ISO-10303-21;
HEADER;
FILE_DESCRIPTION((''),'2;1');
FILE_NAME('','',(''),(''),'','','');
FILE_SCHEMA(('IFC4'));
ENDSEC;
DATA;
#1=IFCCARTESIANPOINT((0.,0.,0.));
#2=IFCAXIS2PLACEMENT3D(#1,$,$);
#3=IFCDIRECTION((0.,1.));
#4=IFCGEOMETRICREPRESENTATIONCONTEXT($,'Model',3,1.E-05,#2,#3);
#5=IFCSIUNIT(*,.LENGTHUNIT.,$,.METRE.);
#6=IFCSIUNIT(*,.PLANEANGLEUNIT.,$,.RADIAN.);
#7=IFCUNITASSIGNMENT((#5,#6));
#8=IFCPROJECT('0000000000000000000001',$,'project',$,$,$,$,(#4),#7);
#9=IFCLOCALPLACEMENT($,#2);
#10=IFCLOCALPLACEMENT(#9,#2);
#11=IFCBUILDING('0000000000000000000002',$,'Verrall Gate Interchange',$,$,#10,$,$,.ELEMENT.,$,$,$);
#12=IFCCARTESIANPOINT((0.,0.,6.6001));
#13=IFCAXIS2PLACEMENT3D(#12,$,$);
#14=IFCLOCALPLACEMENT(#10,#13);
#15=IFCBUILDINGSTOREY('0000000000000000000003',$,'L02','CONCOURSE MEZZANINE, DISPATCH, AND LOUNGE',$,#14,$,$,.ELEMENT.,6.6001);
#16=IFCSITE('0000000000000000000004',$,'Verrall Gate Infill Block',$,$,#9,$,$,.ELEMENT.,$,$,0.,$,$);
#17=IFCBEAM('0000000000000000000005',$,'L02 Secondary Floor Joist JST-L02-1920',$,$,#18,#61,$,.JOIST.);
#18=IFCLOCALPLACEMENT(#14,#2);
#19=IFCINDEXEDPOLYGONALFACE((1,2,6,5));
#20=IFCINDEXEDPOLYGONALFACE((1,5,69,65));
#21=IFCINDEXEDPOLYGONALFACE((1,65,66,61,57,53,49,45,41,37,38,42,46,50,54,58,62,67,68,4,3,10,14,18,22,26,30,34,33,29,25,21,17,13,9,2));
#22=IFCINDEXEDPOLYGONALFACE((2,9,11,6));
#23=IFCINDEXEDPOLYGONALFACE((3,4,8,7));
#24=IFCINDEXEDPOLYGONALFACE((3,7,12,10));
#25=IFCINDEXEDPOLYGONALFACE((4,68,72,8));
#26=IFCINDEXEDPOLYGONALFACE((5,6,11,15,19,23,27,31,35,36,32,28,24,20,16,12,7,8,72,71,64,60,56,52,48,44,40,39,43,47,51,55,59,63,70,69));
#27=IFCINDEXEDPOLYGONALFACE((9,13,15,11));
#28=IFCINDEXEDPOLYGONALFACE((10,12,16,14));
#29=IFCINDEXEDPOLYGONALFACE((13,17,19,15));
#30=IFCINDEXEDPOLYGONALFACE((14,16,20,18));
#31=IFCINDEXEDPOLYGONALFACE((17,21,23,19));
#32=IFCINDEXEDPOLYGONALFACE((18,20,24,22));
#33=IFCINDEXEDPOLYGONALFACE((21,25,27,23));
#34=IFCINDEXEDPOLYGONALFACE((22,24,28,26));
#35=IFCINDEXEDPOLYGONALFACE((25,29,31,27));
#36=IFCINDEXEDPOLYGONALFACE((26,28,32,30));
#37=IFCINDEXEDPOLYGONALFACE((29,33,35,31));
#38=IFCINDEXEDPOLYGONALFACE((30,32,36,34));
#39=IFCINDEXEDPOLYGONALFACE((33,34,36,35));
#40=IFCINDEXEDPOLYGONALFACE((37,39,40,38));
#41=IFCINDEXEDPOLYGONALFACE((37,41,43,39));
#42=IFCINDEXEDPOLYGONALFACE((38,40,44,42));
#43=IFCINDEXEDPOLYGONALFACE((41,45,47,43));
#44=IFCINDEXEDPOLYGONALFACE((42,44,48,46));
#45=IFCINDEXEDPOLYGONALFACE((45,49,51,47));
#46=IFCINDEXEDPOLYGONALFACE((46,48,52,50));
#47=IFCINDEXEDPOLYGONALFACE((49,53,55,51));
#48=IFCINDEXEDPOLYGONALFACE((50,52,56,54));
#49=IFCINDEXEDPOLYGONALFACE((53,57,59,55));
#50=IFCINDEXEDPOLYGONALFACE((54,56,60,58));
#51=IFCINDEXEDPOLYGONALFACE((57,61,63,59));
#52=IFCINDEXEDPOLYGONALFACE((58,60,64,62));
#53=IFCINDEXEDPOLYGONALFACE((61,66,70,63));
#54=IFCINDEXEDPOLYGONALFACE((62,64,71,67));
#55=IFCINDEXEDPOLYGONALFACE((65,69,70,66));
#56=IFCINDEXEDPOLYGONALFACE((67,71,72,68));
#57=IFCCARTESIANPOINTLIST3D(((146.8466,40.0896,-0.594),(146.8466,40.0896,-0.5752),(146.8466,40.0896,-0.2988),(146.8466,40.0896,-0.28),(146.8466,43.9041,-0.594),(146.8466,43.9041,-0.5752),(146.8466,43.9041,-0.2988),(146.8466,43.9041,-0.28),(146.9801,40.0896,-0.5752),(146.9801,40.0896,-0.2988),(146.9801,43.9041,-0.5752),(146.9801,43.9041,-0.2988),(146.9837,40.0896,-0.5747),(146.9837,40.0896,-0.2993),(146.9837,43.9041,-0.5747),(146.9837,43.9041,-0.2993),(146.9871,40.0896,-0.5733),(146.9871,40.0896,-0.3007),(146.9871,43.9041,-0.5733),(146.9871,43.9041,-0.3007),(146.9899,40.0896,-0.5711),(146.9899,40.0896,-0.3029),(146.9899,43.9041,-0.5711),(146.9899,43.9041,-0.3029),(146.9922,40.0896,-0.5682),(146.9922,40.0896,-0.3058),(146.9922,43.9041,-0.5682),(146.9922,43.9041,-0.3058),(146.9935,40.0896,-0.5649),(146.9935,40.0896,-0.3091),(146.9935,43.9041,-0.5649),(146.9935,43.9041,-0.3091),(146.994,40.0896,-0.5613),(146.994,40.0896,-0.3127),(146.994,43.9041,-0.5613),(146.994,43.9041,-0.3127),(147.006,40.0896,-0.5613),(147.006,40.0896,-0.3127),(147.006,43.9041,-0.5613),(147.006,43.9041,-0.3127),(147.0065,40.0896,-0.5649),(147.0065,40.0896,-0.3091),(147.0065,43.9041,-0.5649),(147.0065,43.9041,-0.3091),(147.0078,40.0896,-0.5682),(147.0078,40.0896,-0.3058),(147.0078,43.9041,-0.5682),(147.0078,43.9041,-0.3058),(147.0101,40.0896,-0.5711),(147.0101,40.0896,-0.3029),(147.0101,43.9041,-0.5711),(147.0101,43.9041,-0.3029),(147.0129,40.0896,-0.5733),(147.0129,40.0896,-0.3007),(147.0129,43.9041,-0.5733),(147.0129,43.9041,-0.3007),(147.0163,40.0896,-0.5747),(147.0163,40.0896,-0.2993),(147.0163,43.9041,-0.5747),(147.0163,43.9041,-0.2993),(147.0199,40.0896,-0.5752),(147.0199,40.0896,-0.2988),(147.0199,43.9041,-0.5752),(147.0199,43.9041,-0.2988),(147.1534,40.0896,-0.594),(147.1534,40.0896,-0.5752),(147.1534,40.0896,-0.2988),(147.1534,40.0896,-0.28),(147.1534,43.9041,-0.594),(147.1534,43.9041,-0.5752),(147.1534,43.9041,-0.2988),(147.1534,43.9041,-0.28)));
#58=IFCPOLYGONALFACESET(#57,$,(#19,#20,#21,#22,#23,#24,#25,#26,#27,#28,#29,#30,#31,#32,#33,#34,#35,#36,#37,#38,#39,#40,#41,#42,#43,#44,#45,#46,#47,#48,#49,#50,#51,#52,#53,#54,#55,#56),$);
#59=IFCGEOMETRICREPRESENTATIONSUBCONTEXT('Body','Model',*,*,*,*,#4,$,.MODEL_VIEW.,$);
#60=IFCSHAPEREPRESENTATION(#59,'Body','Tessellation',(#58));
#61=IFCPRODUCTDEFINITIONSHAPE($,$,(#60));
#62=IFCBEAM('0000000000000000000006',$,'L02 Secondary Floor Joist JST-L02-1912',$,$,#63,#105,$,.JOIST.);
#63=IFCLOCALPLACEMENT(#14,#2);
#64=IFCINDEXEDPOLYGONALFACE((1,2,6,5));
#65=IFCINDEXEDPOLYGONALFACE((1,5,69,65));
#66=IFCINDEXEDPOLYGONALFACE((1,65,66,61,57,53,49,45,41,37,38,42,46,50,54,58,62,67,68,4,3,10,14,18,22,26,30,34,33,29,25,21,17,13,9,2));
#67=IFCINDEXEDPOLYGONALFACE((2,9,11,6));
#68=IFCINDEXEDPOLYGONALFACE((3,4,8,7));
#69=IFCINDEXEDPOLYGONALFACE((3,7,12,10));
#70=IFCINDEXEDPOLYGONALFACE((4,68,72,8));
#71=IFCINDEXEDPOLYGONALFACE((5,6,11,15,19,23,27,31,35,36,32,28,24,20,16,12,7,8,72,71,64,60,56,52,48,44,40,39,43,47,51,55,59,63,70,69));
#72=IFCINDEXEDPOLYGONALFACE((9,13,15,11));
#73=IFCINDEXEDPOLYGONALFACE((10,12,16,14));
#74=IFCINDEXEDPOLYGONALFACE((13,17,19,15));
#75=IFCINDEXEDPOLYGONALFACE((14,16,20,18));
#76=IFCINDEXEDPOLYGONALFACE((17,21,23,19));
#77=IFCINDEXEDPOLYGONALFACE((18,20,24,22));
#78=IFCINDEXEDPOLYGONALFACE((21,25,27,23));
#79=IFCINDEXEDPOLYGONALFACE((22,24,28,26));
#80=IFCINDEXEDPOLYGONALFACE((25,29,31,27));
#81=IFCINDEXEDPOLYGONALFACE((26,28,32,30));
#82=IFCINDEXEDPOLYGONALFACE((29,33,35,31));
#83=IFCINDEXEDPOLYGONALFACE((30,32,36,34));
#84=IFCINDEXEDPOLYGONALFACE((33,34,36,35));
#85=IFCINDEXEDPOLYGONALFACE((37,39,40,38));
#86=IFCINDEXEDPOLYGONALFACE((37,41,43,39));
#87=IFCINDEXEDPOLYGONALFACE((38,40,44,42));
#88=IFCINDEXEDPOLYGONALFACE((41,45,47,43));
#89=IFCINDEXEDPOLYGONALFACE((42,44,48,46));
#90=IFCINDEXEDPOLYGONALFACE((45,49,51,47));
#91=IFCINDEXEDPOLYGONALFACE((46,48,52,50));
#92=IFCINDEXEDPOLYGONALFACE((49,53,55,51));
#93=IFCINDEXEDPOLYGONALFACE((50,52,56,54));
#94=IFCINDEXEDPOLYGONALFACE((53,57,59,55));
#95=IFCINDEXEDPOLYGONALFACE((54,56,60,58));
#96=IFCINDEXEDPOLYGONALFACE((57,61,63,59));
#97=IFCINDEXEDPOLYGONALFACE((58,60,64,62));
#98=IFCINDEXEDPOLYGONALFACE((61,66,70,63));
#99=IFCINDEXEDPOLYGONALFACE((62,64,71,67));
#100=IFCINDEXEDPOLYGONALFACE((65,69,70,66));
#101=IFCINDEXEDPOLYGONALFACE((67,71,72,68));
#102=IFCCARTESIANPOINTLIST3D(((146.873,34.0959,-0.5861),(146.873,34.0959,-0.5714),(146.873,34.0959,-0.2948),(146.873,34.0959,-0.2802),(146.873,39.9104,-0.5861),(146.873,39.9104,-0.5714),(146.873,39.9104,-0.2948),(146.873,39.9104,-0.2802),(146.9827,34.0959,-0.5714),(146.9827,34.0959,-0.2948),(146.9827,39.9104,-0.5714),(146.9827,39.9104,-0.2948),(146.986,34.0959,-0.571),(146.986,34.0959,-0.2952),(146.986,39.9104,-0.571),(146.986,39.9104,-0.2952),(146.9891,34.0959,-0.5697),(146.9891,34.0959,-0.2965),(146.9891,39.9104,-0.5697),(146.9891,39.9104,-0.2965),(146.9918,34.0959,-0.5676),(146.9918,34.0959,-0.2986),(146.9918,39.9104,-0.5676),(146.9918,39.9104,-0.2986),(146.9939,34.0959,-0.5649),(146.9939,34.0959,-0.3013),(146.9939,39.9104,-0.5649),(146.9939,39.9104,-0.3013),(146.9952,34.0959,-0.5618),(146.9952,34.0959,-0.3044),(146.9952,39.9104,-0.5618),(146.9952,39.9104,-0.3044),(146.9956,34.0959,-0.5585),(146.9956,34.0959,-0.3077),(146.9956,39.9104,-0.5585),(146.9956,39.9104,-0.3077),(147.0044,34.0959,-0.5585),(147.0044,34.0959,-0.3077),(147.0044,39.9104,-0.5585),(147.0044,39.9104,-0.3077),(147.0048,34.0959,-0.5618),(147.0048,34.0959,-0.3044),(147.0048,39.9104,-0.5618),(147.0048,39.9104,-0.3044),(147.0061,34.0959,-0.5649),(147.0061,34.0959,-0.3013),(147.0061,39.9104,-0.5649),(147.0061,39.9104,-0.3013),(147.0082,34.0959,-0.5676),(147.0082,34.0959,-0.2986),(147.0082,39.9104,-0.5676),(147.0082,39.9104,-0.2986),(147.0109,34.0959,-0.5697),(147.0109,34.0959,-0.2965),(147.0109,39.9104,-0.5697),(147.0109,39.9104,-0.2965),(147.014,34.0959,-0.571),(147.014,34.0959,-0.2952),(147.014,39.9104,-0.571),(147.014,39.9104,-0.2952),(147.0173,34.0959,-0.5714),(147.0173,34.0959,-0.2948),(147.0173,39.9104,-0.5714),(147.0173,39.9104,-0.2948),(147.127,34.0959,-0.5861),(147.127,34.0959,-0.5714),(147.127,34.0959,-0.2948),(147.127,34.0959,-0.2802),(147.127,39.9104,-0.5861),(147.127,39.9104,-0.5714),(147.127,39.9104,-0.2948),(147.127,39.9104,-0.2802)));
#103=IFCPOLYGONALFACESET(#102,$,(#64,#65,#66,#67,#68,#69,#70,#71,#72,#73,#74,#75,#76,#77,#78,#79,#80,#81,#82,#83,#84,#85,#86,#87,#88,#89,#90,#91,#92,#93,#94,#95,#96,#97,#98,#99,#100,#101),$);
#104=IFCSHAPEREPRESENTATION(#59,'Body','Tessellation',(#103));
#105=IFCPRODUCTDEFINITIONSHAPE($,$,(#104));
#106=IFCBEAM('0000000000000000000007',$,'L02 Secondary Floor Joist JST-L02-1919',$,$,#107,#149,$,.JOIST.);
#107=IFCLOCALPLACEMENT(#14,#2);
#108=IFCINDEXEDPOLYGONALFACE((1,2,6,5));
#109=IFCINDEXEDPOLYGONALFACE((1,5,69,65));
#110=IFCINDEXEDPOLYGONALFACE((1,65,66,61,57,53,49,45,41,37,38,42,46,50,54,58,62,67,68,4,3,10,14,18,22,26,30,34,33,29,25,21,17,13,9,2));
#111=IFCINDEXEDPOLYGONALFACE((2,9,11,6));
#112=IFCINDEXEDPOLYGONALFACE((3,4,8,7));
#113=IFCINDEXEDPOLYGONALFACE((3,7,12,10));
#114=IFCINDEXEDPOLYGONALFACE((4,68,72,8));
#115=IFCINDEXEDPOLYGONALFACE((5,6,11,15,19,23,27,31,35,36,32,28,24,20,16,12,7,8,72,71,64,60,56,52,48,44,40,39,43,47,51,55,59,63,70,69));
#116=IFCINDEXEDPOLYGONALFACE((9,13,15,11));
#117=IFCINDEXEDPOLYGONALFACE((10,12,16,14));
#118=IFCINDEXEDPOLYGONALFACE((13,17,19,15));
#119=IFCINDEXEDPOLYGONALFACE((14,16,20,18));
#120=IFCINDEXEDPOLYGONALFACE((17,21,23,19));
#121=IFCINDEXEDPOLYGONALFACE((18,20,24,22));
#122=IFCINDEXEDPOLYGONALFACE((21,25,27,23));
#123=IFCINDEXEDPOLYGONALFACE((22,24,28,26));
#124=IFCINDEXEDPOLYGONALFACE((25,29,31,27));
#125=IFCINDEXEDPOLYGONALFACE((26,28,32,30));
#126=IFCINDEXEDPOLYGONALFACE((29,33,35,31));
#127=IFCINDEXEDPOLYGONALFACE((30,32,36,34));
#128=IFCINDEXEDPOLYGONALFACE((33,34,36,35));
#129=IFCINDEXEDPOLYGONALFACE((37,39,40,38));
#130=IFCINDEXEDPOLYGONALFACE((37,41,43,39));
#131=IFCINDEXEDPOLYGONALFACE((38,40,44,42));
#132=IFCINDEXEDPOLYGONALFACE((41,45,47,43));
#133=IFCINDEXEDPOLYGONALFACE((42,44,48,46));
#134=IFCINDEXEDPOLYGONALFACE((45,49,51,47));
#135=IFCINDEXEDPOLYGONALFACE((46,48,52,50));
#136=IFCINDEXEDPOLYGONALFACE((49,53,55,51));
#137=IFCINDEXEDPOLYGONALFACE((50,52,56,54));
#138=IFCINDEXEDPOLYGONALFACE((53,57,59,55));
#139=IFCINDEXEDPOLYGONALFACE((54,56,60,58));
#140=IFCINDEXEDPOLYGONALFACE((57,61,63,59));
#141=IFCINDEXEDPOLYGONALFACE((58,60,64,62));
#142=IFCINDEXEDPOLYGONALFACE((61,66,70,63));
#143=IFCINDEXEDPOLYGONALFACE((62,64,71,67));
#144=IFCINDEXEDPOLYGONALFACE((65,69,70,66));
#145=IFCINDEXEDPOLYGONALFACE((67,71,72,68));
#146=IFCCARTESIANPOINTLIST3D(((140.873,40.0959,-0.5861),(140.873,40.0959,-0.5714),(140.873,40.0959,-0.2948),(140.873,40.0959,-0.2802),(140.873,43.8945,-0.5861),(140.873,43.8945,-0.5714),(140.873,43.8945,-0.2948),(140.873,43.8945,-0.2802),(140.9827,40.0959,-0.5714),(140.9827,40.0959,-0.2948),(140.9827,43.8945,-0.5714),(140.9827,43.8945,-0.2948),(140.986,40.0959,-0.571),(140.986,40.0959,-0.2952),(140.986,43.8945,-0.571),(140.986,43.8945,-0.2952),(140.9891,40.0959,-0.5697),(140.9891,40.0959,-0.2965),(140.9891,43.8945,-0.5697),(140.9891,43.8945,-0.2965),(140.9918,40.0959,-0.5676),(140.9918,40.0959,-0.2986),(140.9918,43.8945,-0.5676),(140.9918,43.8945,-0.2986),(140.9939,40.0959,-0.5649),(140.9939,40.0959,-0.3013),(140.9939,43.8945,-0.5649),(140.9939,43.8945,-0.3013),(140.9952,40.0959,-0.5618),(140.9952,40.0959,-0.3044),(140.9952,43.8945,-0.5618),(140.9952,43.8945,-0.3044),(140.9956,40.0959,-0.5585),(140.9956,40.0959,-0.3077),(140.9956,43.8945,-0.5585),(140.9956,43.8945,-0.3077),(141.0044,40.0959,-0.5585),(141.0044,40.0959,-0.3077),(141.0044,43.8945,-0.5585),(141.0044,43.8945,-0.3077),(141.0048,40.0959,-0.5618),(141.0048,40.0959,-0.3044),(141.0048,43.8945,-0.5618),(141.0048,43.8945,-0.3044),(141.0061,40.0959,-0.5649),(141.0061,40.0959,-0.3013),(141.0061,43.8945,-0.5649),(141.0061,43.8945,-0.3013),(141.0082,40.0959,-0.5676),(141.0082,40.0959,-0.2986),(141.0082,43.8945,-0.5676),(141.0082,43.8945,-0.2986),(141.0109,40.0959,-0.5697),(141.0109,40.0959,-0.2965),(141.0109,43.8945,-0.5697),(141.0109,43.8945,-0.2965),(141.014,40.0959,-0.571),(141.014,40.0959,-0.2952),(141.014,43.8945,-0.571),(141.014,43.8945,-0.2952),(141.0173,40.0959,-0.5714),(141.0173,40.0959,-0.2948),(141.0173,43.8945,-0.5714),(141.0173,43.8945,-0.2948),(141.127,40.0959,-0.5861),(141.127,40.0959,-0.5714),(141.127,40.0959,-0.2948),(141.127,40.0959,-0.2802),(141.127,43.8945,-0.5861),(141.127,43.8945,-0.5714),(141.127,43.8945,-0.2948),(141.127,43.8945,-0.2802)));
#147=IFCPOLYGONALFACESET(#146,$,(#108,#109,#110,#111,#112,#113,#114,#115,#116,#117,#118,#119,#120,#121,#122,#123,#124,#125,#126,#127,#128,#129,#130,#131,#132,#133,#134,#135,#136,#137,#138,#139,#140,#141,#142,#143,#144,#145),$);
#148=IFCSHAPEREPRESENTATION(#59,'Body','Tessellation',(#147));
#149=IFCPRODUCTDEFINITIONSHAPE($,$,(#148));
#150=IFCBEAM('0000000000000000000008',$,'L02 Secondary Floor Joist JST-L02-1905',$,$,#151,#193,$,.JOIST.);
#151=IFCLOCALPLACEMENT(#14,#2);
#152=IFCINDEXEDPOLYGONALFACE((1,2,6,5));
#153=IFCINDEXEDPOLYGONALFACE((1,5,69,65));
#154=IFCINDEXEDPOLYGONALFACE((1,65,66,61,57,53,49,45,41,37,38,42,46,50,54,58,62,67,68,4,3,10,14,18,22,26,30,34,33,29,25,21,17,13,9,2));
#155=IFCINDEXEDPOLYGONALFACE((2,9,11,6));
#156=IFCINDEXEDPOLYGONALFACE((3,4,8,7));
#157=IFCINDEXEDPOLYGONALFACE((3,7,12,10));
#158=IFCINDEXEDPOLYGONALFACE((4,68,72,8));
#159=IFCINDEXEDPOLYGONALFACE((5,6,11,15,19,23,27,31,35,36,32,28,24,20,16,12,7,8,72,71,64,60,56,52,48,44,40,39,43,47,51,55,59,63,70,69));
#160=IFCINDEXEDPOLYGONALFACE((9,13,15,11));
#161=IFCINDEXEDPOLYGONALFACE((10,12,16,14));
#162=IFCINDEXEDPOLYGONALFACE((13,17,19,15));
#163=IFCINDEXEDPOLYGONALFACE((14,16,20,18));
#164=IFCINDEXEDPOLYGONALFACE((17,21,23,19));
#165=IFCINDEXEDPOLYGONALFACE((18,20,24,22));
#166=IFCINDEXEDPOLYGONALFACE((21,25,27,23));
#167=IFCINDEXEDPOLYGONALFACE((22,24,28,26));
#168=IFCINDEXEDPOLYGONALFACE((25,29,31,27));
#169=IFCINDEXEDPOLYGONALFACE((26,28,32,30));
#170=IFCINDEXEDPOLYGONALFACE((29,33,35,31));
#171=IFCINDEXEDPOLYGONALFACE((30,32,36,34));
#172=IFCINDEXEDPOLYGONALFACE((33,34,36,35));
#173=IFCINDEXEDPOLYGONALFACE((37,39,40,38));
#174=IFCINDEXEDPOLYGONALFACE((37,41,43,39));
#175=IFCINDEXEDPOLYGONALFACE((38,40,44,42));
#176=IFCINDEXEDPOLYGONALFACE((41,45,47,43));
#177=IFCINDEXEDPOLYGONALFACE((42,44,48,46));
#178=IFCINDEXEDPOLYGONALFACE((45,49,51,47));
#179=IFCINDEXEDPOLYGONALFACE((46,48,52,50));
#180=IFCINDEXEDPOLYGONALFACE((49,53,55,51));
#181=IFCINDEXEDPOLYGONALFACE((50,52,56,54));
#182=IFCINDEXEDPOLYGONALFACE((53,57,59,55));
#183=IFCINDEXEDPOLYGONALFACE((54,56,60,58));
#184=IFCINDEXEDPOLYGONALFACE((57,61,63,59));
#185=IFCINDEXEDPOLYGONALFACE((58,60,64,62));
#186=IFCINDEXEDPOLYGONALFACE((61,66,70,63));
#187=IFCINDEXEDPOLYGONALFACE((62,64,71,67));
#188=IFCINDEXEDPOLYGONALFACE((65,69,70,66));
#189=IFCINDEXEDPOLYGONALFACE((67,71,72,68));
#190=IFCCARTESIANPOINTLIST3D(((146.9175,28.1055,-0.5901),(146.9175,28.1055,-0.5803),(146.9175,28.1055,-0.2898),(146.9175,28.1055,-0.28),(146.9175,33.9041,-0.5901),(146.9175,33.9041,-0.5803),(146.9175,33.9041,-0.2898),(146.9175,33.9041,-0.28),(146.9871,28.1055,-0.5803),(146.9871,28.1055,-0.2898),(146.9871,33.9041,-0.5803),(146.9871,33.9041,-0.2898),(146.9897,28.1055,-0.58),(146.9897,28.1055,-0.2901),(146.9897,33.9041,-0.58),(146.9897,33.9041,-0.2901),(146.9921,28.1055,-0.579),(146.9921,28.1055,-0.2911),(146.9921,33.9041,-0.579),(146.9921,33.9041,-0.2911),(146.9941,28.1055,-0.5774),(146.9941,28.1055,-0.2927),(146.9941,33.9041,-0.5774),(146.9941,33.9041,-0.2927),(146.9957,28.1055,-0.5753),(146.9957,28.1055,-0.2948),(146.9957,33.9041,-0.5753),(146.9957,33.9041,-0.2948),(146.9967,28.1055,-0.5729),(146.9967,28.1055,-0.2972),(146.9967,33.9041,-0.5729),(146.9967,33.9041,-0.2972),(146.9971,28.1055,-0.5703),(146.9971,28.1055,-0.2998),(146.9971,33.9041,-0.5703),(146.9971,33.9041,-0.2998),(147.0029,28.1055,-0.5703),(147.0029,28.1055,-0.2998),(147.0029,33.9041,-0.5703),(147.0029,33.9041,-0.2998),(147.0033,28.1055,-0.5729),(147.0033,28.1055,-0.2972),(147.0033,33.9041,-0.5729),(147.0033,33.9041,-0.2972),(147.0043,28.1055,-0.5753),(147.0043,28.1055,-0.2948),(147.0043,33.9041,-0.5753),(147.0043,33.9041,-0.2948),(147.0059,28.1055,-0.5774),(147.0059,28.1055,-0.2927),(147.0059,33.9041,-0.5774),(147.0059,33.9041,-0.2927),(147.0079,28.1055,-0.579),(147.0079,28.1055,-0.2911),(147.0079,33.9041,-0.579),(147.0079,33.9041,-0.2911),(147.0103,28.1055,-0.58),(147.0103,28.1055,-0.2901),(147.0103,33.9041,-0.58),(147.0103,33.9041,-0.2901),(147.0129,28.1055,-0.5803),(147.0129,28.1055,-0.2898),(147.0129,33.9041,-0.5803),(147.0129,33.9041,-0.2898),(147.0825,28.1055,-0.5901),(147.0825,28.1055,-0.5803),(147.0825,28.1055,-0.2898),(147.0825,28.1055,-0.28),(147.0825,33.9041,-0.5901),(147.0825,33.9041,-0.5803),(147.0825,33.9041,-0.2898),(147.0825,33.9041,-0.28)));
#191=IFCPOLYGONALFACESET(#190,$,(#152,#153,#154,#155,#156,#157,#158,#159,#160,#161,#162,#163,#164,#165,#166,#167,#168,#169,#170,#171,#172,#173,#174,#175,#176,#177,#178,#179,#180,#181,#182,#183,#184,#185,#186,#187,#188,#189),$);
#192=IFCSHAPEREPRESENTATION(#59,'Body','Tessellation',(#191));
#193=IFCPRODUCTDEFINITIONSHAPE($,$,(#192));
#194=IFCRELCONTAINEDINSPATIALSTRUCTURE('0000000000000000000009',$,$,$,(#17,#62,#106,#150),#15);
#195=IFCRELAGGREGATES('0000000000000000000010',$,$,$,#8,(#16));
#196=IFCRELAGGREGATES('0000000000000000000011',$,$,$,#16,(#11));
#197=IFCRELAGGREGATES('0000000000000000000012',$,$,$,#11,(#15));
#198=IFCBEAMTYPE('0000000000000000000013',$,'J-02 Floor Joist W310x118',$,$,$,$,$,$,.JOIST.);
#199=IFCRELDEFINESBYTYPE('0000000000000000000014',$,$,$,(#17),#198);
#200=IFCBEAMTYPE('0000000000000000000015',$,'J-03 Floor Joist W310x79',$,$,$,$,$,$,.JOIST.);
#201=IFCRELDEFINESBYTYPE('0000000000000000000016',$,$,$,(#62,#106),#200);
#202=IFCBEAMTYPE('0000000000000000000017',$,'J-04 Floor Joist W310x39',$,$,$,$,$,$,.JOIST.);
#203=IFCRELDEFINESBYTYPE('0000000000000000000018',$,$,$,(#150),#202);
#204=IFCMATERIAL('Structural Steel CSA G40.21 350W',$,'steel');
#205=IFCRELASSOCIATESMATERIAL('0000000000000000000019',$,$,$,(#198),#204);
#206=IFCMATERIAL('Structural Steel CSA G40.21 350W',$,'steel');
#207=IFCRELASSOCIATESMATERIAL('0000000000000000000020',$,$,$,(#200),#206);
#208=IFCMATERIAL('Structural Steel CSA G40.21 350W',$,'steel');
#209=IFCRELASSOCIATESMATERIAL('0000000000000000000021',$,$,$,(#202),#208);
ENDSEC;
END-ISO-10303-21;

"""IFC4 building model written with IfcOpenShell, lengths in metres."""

from ifc_helpers import new_model, si_unit, direction, frame, origin, origin_2d, place, context, subcontext, project, spatial, i_section, extrude, material, material_profile, profile_set, type_object, element, save


model = new_model("IFC4")

# Units and contexts
model_context = context("Model", 3, precision=1e-05, world=origin(), true_north=direction((0.0, 1.0)))
body_context = subcontext(model_context, "Body", "Model", "MODEL_VIEW")
ifc_project = project(units=[si_unit("LENGTHUNIT", "METRE"), si_unit("PLANEANGLEUNIT", "RADIAN")], contexts=[model_context])

# Site, building, storey
site_placement = place(None, origin())
site = spatial("IfcSite", under=ifc_project, at=site_placement, Name="Verrall Gate Infill Block", CompositionType="ELEMENT", RefElevation=0.0)
building_placement = place(site_placement, origin())
building = spatial("IfcBuilding", under=site, at=building_placement, Name="Verrall Gate Interchange", CompositionType="ELEMENT")
storey_placement = place(building_placement, frame((0.0, 0.0, 6.6001)))
storey = spatial("IfcBuildingStorey", under=building, at=storey_placement, Name="L02", Description="CONCOURSE MEZZANINE, DISPATCH, AND LOUNGE", CompositionType="ELEMENT", Elevation=6.6001)

# Beams
ifc_material_1 = material(Name="Structural Steel CSA G40.21 350W", Category="steel")
ifc_material_profile_1 = material_profile(ifc_material_1, i_section(OverallWidth=0.3069, OverallDepth=0.314, WebThickness=0.012, FlangeThickness=0.0188, FilletRadius=0.0139, at=origin_2d()), Name="W310x118")
ifc_profile_set_1 = profile_set([ifc_material_profile_1], Name="Structural Steel CSA G40.21 350W")
beam_type_1 = type_object("IfcBeamType", Name="J-02 Floor Joist W310x118", PredefinedType="JOIST", material=ifc_profile_set_1)
beam_1_placement = place(storey_placement, frame((147.0, 40.0896, -0.437), z_axis=(0.0, 1.0, 0.0), x_axis=(-1.0, 0.0, 0.0)))
element("IfcBeam", 1, at=beam_1_placement, inside=storey, type_object=beam_type_1, Name="L02 Secondary Floor Joist JST-L02-1920", PredefinedType="JOIST", context=body_context, shape_type="SweptSolid", body=[
    extrude(i_section(OverallWidth=0.3069, OverallDepth=0.314, WebThickness=0.012, FlangeThickness=0.0188, FilletRadius=0.0139, at=origin_2d()), origin(), (0.0, 0.0, 1.0), 3.8145),
])
ifc_material_2 = material(Name="Structural Steel CSA G40.21 350W", Category="steel")
ifc_material_profile_2 = material_profile(ifc_material_2, i_section(OverallWidth=0.2539, OverallDepth=0.3059, WebThickness=0.0088, FlangeThickness=0.0146, FilletRadius=0.0129, at=origin_2d()), Name="W310x79")
ifc_profile_set_2 = profile_set([ifc_material_profile_2], Name="Structural Steel CSA G40.21 350W")
beam_type_2 = type_object("IfcBeamType", Name="J-03 Floor Joist W310x79", PredefinedType="JOIST", material=ifc_profile_set_2)
beam_2_placement = place(storey_placement, frame((147.0, 34.0959, -0.4331), z_axis=(0.0, 1.0, 0.0), x_axis=(-1.0, 0.0, 0.0)))
element("IfcBeam", 2, at=beam_2_placement, inside=storey, type_object=beam_type_2, Name="L02 Secondary Floor Joist JST-L02-1912", PredefinedType="JOIST", context=body_context, shape_type="SweptSolid", body=[
    extrude(i_section(OverallWidth=0.2539, OverallDepth=0.3059, WebThickness=0.0088, FlangeThickness=0.0146, FilletRadius=0.0129, at=origin_2d()), origin(), (0.0, 0.0, 1.0), 5.8145),
])
beam_3_placement = place(storey_placement, frame((141.0, 40.0959, -0.4331), z_axis=(0.0, 1.0, 0.0), x_axis=(-1.0, 0.0, 0.0)))
element("IfcBeam", 3, at=beam_3_placement, inside=storey, type_object=beam_type_2, Name="L02 Secondary Floor Joist JST-L02-1919", PredefinedType="JOIST", context=body_context, shape_type="SweptSolid", body=[
    extrude(i_section(OverallWidth=0.2539, OverallDepth=0.3059, WebThickness=0.0088, FlangeThickness=0.0146, FilletRadius=0.0129, at=origin_2d()), origin(), (0.0, 0.0, 1.0), 3.7986),
])
ifc_material_3 = material(Name="Structural Steel CSA G40.21 350W", Category="steel")
ifc_material_profile_3 = material_profile(ifc_material_3, i_section(OverallWidth=0.165, OverallDepth=0.3101, WebThickness=0.0059, FlangeThickness=0.0098, FilletRadius=0.01, at=origin_2d()), Name="W310x39")
ifc_profile_set_3 = profile_set([ifc_material_profile_3], Name="Structural Steel CSA G40.21 350W")
beam_type_3 = type_object("IfcBeamType", Name="J-04 Floor Joist W310x39", PredefinedType="JOIST", material=ifc_profile_set_3)
for number, where, z_axis, x_axis, name in (
    (4, (147.0, 28.1055, -0.4351), (0.0, 1.0, 0.0), (-1.0, 0.0, 0.0), "L02 Secondary Floor Joist JST-L02-1905"),
):
    element("IfcBeam", number, at=place(storey_placement, frame(where, z_axis=z_axis, x_axis=x_axis)), inside=storey, type_object=beam_type_3, Name=name, PredefinedType="JOIST", context=body_context, shape_type="SweptSolid", body=[
        extrude(i_section(OverallWidth=0.165, OverallDepth=0.3101, WebThickness=0.0059, FlangeThickness=0.0098, FilletRadius=0.01, at=origin_2d()), origin(), (0.0, 0.0, 1.0), 5.7986),
    ])

save(model, "model.ifc")
